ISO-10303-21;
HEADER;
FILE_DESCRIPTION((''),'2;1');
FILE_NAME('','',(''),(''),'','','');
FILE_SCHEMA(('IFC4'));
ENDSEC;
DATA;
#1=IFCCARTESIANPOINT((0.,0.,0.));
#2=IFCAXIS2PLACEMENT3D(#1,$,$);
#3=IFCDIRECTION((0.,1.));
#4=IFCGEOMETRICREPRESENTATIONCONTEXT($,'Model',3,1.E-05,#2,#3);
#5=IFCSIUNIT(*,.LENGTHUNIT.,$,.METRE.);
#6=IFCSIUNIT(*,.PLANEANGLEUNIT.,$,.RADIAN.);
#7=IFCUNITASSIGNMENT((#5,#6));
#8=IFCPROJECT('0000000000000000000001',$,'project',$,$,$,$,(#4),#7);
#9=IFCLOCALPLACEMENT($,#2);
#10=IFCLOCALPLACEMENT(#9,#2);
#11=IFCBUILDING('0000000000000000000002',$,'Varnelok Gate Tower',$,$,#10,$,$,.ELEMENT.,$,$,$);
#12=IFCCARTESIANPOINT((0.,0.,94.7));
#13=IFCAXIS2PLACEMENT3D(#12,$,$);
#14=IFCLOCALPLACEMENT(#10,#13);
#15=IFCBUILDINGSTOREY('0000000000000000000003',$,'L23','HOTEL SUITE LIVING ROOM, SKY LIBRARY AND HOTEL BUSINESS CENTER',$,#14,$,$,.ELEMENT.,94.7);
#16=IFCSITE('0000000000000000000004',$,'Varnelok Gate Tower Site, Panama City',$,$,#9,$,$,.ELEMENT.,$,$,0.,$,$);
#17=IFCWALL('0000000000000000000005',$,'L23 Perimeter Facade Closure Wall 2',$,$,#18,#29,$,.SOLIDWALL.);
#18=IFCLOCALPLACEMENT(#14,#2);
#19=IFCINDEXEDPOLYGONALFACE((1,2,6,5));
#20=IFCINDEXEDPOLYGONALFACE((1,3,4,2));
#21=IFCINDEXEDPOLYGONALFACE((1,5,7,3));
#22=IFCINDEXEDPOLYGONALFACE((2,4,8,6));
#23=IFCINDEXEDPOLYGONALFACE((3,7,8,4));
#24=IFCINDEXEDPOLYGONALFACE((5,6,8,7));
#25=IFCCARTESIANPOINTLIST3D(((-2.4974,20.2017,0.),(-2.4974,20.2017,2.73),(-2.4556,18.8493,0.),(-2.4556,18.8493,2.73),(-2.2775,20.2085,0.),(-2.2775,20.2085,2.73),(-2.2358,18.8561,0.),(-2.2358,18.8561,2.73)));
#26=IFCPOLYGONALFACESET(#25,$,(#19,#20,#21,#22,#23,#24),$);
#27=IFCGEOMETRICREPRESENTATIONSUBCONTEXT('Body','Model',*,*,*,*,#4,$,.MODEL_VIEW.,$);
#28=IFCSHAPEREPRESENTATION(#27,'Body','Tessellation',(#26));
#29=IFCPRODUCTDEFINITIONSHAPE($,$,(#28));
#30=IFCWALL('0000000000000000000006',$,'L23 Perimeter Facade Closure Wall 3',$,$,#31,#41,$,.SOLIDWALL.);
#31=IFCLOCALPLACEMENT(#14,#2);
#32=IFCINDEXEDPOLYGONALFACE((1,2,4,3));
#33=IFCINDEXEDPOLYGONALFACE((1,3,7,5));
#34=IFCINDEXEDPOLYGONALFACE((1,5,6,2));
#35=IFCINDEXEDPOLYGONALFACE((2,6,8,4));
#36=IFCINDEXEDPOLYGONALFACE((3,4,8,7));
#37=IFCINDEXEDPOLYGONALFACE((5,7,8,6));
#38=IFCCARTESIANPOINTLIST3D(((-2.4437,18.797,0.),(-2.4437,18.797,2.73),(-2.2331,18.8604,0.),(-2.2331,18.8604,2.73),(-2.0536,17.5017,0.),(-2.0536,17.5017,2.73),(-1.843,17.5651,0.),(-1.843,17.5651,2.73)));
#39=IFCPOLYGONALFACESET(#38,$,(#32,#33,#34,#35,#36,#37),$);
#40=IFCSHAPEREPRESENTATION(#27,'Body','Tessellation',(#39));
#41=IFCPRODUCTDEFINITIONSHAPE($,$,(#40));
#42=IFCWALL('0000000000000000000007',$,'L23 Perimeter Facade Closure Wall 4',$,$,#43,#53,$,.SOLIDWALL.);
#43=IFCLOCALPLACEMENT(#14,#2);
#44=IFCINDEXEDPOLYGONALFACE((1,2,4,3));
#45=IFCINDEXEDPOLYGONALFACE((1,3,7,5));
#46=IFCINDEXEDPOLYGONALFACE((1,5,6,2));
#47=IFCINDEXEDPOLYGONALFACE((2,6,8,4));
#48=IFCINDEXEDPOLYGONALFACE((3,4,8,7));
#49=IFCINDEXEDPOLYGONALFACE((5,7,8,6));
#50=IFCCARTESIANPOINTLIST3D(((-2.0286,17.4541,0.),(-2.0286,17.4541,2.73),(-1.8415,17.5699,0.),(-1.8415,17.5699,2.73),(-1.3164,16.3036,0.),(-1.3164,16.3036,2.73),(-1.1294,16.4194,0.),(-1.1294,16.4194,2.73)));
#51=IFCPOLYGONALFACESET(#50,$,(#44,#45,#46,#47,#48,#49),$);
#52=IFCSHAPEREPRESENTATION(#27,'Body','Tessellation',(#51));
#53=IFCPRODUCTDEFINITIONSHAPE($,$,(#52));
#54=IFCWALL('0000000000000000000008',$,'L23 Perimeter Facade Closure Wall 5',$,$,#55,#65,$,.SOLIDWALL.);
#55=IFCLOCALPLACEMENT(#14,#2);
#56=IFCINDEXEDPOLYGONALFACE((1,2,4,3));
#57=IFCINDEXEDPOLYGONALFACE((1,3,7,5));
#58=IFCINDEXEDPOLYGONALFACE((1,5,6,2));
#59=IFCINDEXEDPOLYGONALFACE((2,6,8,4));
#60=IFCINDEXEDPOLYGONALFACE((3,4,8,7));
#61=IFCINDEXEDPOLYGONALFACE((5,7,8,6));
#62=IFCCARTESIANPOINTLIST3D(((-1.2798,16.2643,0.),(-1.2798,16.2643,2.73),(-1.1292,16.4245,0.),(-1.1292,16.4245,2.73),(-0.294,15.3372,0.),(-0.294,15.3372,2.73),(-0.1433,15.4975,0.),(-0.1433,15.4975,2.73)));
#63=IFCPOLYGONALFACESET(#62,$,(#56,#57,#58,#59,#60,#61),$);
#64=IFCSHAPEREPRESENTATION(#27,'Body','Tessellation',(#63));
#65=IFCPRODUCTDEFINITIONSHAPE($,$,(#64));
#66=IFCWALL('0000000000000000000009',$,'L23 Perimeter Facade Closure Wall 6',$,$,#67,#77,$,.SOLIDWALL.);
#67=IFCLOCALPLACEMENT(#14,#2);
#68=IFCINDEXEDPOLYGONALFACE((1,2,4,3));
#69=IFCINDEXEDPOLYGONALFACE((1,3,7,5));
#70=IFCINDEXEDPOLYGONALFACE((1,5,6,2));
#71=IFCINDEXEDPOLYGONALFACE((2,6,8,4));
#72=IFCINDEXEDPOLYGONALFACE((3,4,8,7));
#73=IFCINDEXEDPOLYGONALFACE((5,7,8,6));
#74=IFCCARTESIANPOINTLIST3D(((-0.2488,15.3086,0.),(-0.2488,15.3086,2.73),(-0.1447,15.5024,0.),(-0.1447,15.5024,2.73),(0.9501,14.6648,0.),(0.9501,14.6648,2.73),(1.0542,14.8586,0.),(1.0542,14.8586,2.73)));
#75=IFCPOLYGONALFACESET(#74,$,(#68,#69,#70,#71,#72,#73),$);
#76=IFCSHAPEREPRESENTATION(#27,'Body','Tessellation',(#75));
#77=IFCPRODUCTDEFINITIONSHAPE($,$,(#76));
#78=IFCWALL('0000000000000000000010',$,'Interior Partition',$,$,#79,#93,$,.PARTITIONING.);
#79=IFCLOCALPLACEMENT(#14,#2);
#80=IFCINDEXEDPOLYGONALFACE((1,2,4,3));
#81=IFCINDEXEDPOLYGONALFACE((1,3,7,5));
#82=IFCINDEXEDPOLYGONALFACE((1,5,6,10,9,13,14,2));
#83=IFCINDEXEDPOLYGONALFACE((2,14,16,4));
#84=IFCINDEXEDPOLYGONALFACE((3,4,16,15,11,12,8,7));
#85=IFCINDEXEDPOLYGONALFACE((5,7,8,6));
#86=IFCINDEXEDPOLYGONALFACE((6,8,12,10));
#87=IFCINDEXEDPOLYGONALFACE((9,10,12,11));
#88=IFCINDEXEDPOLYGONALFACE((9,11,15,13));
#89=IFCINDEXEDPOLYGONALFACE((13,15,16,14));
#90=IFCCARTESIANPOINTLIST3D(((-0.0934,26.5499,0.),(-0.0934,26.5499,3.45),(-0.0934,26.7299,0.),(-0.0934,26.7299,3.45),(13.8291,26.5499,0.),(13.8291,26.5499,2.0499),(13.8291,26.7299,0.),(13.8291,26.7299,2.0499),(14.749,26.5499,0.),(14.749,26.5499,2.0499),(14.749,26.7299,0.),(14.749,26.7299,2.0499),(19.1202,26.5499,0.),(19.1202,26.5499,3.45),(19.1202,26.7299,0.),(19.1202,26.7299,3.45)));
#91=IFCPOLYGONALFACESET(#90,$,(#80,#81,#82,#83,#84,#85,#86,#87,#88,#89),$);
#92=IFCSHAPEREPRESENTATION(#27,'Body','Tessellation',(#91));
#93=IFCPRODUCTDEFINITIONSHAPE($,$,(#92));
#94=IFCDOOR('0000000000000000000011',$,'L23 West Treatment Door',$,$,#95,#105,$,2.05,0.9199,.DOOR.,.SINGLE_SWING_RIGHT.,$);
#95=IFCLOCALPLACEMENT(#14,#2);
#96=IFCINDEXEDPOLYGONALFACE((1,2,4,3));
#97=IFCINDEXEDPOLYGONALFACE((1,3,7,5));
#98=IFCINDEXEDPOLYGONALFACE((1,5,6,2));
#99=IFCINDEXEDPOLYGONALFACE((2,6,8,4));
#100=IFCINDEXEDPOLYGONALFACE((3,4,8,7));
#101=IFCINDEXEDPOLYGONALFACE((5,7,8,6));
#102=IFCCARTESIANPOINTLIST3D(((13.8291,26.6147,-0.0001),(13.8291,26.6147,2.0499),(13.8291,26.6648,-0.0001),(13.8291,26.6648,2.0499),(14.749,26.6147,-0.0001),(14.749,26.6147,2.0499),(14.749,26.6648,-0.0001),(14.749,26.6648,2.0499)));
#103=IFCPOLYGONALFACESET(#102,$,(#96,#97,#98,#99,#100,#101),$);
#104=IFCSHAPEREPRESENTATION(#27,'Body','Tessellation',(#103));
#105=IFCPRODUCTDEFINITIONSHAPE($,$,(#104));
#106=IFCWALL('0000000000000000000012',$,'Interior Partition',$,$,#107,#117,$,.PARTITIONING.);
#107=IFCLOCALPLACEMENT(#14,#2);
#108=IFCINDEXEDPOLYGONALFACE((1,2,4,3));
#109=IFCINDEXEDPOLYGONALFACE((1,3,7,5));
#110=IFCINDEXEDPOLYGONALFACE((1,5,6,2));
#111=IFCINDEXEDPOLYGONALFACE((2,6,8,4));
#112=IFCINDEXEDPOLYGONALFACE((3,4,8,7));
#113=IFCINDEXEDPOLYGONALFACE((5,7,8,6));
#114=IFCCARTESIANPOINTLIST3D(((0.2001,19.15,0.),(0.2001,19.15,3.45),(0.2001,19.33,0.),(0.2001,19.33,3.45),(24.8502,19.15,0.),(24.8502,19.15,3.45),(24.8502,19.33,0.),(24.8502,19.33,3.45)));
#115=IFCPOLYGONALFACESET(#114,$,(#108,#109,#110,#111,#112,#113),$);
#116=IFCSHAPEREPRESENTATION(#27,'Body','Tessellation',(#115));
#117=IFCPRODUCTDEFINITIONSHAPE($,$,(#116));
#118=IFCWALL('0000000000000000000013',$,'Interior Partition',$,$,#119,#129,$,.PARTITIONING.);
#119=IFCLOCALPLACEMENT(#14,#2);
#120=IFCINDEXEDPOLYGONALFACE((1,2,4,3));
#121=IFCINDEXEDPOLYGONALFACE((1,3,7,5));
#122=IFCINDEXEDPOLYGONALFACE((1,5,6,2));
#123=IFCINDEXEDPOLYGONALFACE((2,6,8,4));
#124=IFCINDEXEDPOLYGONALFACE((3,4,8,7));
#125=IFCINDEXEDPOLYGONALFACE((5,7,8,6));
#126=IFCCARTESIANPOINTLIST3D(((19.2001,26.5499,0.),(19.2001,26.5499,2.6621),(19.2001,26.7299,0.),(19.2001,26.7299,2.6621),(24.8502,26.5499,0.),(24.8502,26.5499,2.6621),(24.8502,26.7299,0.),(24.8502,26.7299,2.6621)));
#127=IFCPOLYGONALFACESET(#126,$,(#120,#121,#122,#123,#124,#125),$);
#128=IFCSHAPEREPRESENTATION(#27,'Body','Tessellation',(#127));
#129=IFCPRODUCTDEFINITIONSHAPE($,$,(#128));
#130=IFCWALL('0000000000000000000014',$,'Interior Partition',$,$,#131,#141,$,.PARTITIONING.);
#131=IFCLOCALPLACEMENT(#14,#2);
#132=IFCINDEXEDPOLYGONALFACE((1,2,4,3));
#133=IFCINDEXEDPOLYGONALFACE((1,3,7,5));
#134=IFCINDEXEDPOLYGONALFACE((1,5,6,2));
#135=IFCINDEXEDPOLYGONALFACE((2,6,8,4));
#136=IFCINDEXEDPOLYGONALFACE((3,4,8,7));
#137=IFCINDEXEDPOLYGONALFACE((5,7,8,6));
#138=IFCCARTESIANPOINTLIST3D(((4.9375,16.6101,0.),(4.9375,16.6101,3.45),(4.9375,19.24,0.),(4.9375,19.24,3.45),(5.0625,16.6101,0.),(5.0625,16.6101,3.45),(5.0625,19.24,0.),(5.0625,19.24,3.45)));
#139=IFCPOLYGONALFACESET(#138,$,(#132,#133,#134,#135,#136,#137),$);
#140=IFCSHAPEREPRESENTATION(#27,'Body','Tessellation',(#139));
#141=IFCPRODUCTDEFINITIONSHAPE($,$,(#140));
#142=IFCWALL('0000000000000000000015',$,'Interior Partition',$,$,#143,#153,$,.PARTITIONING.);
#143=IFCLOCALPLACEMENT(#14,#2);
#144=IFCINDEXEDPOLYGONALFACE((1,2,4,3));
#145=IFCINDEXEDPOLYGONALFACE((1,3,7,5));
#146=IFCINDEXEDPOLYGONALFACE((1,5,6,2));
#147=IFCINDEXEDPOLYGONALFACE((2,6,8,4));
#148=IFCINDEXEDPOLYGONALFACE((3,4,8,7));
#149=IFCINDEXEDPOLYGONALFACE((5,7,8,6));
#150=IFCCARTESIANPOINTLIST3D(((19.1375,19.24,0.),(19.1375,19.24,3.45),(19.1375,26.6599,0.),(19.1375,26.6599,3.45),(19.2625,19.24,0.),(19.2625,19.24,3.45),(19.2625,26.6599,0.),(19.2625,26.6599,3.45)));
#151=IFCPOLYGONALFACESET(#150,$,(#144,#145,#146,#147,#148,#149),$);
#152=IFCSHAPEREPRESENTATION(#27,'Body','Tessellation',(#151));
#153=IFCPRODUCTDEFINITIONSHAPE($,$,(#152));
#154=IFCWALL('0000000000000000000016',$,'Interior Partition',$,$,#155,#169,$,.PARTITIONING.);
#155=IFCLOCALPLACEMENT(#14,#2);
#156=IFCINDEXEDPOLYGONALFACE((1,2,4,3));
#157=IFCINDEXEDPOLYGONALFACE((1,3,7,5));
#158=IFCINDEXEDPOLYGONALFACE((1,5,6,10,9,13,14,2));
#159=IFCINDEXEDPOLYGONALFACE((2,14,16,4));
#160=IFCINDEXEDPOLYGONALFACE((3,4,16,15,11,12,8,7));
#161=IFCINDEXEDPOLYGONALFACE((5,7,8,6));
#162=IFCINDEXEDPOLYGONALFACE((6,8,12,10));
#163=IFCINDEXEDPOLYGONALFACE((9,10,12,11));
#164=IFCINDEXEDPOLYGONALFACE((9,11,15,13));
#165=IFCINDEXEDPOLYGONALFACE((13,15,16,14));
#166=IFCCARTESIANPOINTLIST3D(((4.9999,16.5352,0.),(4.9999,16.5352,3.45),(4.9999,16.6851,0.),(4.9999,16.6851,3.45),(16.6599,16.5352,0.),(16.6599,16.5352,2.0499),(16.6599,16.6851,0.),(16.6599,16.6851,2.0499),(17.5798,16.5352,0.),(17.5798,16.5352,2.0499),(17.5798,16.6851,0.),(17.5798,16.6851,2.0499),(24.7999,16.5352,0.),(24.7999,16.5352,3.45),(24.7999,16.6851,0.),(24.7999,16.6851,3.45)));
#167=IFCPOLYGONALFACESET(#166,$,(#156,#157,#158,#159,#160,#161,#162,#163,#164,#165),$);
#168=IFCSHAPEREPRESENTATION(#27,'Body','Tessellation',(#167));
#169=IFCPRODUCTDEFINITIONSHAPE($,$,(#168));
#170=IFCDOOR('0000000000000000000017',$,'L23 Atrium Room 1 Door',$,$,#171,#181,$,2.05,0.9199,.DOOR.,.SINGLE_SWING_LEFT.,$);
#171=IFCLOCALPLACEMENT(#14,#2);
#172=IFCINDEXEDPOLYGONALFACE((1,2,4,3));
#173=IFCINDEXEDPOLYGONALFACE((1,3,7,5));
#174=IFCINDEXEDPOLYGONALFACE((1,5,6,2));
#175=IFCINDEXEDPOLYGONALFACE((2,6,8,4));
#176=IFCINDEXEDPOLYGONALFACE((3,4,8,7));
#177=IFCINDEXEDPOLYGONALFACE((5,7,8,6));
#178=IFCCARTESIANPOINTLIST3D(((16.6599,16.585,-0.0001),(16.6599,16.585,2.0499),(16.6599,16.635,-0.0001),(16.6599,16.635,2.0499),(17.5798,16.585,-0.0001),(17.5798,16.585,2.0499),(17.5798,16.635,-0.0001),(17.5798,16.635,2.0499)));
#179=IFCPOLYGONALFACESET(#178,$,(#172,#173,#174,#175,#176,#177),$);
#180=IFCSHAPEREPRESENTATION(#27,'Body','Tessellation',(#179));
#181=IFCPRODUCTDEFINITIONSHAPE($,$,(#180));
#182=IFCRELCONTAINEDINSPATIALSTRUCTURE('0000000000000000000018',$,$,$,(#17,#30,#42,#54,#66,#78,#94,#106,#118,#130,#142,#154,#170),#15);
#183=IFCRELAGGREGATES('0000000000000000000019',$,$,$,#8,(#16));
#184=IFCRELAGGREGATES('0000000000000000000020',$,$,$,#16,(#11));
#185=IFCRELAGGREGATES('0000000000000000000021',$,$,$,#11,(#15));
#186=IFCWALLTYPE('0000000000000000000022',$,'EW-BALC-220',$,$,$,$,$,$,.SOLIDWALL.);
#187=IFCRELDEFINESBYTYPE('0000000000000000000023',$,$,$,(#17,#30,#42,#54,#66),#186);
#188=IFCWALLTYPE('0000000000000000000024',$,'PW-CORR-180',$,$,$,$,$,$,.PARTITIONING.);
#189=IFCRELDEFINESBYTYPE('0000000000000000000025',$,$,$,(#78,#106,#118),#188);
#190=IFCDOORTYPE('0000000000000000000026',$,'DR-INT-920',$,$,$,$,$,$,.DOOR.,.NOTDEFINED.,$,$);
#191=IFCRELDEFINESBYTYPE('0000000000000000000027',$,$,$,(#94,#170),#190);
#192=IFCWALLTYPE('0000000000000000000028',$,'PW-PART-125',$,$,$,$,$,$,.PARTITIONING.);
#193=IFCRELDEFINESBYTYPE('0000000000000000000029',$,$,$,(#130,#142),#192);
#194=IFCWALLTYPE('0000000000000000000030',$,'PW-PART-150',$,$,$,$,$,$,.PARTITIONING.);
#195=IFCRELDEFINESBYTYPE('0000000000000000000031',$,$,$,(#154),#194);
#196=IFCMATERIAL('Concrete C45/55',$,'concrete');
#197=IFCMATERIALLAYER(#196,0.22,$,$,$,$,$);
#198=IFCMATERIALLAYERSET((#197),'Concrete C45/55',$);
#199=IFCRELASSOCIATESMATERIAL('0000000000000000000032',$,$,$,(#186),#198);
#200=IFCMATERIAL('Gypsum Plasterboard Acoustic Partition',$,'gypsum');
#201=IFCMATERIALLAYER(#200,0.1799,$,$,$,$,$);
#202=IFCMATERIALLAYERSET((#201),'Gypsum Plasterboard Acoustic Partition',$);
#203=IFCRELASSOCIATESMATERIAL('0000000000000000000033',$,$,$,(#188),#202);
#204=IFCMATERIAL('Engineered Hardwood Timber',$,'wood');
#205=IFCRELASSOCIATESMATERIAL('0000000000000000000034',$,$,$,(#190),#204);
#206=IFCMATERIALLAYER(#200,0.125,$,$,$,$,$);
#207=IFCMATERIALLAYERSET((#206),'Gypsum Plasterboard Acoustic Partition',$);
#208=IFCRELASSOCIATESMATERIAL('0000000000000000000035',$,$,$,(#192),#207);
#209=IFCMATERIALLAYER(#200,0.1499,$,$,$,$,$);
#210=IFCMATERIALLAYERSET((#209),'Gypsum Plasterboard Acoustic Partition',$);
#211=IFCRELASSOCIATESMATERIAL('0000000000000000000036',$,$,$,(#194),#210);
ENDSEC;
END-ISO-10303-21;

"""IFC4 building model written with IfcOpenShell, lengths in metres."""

from ifc_helpers import new_model, si_unit, direction, frame, frame_2d, origin, place, context, subcontext, project, spatial, rectangle, extrude, material, layer, layer_set, type_object, element, fill, save


model = new_model("IFC4")

# Units and contexts
model_context = context("Model", 3, precision=1e-05, world=origin(), true_north=direction((0.0, 1.0)))
body_context = subcontext(model_context, "Body", "Model", "MODEL_VIEW")
ifc_project = project(units=[si_unit("LENGTHUNIT", "METRE"), si_unit("PLANEANGLEUNIT", "RADIAN")], contexts=[model_context])

# Site, building, storey
site_placement = place(None, origin())
site = spatial("IfcSite", under=ifc_project, at=site_placement, Name="Varnelok Gate Tower Site, Panama City", CompositionType="ELEMENT", RefElevation=0.0)
building_placement = place(site_placement, origin())
building = spatial("IfcBuilding", under=site, at=building_placement, Name="Varnelok Gate Tower", CompositionType="ELEMENT")
storey_placement = place(building_placement, frame((0.0, 0.0, 94.7)))
storey = spatial("IfcBuildingStorey", under=building, at=storey_placement, Name="L23", Description="HOTEL SUITE LIVING ROOM, SKY LIBRARY AND HOTEL BUSINESS CENTER", CompositionType="ELEMENT", Elevation=94.7)

# Walls
ifc_material_1 = material(Name="Concrete C45/55", Category="concrete")
ifc_layer_1 = layer(ifc_material_1, 0.22)
ifc_layer_set_1 = layer_set([ifc_layer_1], Name="Concrete C45/55")
wall_type_1 = type_object("IfcWallType", Name="EW-BALC-220", PredefinedType="SOLIDWALL", material=ifc_layer_set_1)
wall_1_placement = place(storey_placement, frame((-2.3875, 20.2051, 0.0), z_axis=(0.0, 0.0, 1.0), x_axis=(0.030857, -0.999524, 0.0)))
element("IfcWall", 1, at=wall_1_placement, inside=storey, type_object=wall_type_1, Name="L23 Perimeter Facade Closure Wall 2", PredefinedType="SOLIDWALL", context=body_context, shape_type="SweptSolid", body=[
    extrude(rectangle(XDim=1.353, YDim=0.22, at=frame_2d((0.6765, 0.0))), origin(), (0.0, 0.0, 1.0), 2.73),
])
wall_2_placement = place(storey_placement, frame((-2.3384, 18.8286, 0.0), z_axis=(0.0, 0.0, 1.0), x_axis=(0.288374, -0.957518, 0.0)))
element("IfcWall", 2, at=wall_2_placement, inside=storey, type_object=wall_type_1, Name="L23 Perimeter Facade Closure Wall 3", PredefinedType="SOLIDWALL", context=body_context, shape_type="SweptSolid", body=[
    extrude(rectangle(XDim=1.3528, YDim=0.22, at=frame_2d((0.6763, 0.0))), origin(), (0.0, 0.0, 1.0), 2.73),
])
wall_3_placement = place(storey_placement, frame((-1.9351, 17.512, 0.0), z_axis=(0.0, 0.0, 1.0), x_axis=(0.526361, -0.850261, 0.0)))
element("IfcWall", 3, at=wall_3_placement, inside=storey, type_object=wall_type_1, Name="L23 Perimeter Facade Closure Wall 4", PredefinedType="SOLIDWALL", context=body_context, shape_type="SweptSolid", body=[
    extrude(rectangle(XDim=1.353, YDim=0.22, at=frame_2d((0.6765, 0.0))), origin(), (0.0, 0.0, 1.0), 2.73),
])
wall_4_placement = place(storey_placement, frame((-1.2046, 16.3445, 0.0), z_axis=(0.0, 0.0, 1.0), x_axis=(0.728512, -0.685033, 0.0)))
element("IfcWall", 4, at=wall_4_placement, inside=storey, type_object=wall_type_1, Name="L23 Perimeter Facade Closure Wall 5", PredefinedType="SOLIDWALL", context=body_context, shape_type="SweptSolid", body=[
    extrude(rectangle(XDim=1.3533, YDim=0.22, at=frame_2d((0.6768, 0.0))), origin(), (0.0, 0.0, 1.0), 2.73),
])
wall_5_placement = place(storey_placement, frame((-0.1968, 15.4055, 0.0), z_axis=(0.0, 0.0, 1.0), x_axis=(0.881024, -0.473072, 0.0)))
element("IfcWall", 5, at=wall_5_placement, inside=storey, type_object=wall_type_1, Name="L23 Perimeter Facade Closure Wall 6", PredefinedType="SOLIDWALL", context=body_context, shape_type="SweptSolid", body=[
    extrude(rectangle(XDim=1.3608, YDim=0.22, at=frame_2d((0.6804, 0.0))), origin(), (0.0, 0.0, 1.0), 2.73),
])

# Wall, opening, door
ifc_material_2 = material(Name="Gypsum Plasterboard Acoustic Partition", Category="gypsum")
ifc_layer_2 = layer(ifc_material_2, 0.1799)
ifc_layer_set_2 = layer_set([ifc_layer_2], Name="Gypsum Plasterboard Acoustic Partition")
wall_type_2 = type_object("IfcWallType", Name="PW-CORR-180", PredefinedType="PARTITIONING", material=ifc_layer_set_2)
wall_6_placement = place(storey_placement, frame((-0.0935, 26.6399, 0.0), z_axis=(0.0, 0.0, 1.0), x_axis=(1.0, 0.0, 0.0)))
wall_6 = element("IfcWall", 6, at=wall_6_placement, inside=storey, type_object=wall_type_2, Name="Interior Partition", PredefinedType="PARTITIONING", context=body_context, shape_type="SweptSolid", body=[
    extrude(rectangle(XDim=19.2136, YDim=0.1799, at=frame_2d((9.6069, 0.0))), origin(), (0.0, 0.0, 1.0), 3.45),
])
opening_1_placement = place(wall_6_placement, frame((13.9226, 0.0, 0.0)))
opening_1 = element("IfcOpeningElement", 7, at=opening_1_placement, cuts=wall_6, PredefinedType="OPENING", context=body_context, shape_type="SweptSolid", body=[
    extrude(rectangle(XDim=0.9199, YDim=2.05, at=frame_2d((0.46, 1.0249))), frame((0.0, 0.0999, 0.0), z_axis=(0.0, -1.0, 0.0), x_axis=(1.0, 0.0, 0.0)), (0.0, 0.0, 1.0), 0.2),
])
ifc_material_3 = material(Name="Engineered Hardwood Timber", Category="wood")
door_type = type_object("IfcDoorType", Name="DR-INT-920", OperationType="NOTDEFINED", PredefinedType="DOOR", material=ifc_material_3)
door_1_placement = place(opening_1_placement, origin())
door_1 = element("IfcDoor", 8, at=door_1_placement, inside=storey, type_object=door_type, Name="L23 West Treatment Door", OperationType="SINGLE_SWING_RIGHT", OverallHeight=2.05, OverallWidth=0.9199, PredefinedType="DOOR", context=body_context, shape_type="SweptSolid", body=[
    extrude(rectangle(XDim=0.9199, YDim=2.05, at=frame_2d((0.46, 1.0249))), frame((0.0, 0.0249, 0.0), z_axis=(0.0, -1.0, 0.0), x_axis=(1.0, 0.0, 0.0)), (0.0, 0.0, 1.0), 0.05),
])
fill(opening_1, door_1)

# Walls
wall_7_placement = place(storey_placement, frame((0.2, 19.24, 0.0), z_axis=(0.0, 0.0, 1.0), x_axis=(1.0, 0.0, 0.0)))
element("IfcWall", 9, at=wall_7_placement, inside=storey, type_object=wall_type_2, Name="Interior Partition", PredefinedType="PARTITIONING", context=body_context, shape_type="SweptSolid", body=[
    extrude(rectangle(XDim=24.6501, YDim=0.1799, at=frame_2d((12.3252, 0.0))), origin(), (0.0, 0.0, 1.0), 3.45),
])
wall_8_placement = place(storey_placement, frame((19.2, 26.6399, 0.0), z_axis=(0.0, 0.0, 1.0), x_axis=(1.0, 0.0, 0.0)))
element("IfcWall", 10, at=wall_8_placement, inside=storey, type_object=wall_type_2, Name="Interior Partition", PredefinedType="PARTITIONING", context=body_context, shape_type="SweptSolid", body=[
    extrude(rectangle(XDim=5.6501, YDim=0.1799, at=frame_2d((2.8252, 0.0))), origin(), (0.0, 0.0, 1.0), 2.6621),
])
ifc_layer_3 = layer(ifc_material_2, 0.125)
ifc_layer_set_3 = layer_set([ifc_layer_3], Name="Gypsum Plasterboard Acoustic Partition")
wall_type_3 = type_object("IfcWallType", Name="PW-PART-125", PredefinedType="PARTITIONING", material=ifc_layer_set_3)
wall_9_placement = place(storey_placement, frame((5.0, 16.6101, 0.0), z_axis=(0.0, 0.0, 1.0), x_axis=(0.0, 1.0, 0.0)))
element("IfcWall", 11, at=wall_9_placement, inside=storey, type_object=wall_type_3, Name="Interior Partition", PredefinedType="PARTITIONING", context=body_context, shape_type="SweptSolid", body=[
    extrude(rectangle(XDim=2.6299, YDim=0.125, at=frame_2d((1.3149, 0.0))), origin(), (0.0, 0.0, 1.0), 3.45),
])
wall_10_placement = place(storey_placement, frame((19.2, 19.24, 0.0), z_axis=(0.0, 0.0, 1.0), x_axis=(0.0, 1.0, 0.0)))
element("IfcWall", 12, at=wall_10_placement, inside=storey, type_object=wall_type_3, Name="Interior Partition", PredefinedType="PARTITIONING", context=body_context, shape_type="SweptSolid", body=[
    extrude(rectangle(XDim=7.4199, YDim=0.125, at=frame_2d((3.71, 0.0))), origin(), (0.0, 0.0, 1.0), 3.45),
])

# Wall, opening, door
ifc_layer_4 = layer(ifc_material_2, 0.1499)
ifc_layer_set_4 = layer_set([ifc_layer_4], Name="Gypsum Plasterboard Acoustic Partition")
wall_type_4 = type_object("IfcWallType", Name="PW-PART-150", PredefinedType="PARTITIONING", material=ifc_layer_set_4)
wall_11_placement = place(storey_placement, frame((5.0, 16.6101, 0.0), z_axis=(0.0, 0.0, 1.0), x_axis=(1.0, 0.0, 0.0)))
wall_11 = element("IfcWall", 13, at=wall_11_placement, inside=storey, type_object=wall_type_4, Name="Interior Partition", PredefinedType="PARTITIONING", context=body_context, shape_type="SweptSolid", body=[
    extrude(rectangle(XDim=19.8, YDim=0.1499, at=frame_2d((9.8999, 0.0))), origin(), (0.0, 0.0, 1.0), 3.45),
])
opening_2_placement = place(wall_11_placement, frame((11.6599, 0.0, 0.0)))
opening_2 = element("IfcOpeningElement", 14, at=opening_2_placement, cuts=wall_11, PredefinedType="OPENING", context=body_context, shape_type="SweptSolid", body=[
    extrude(rectangle(XDim=0.9199, YDim=2.05, at=frame_2d((0.46, 1.0249))), frame((0.0, 0.085, 0.0), z_axis=(0.0, -1.0, 0.0), x_axis=(1.0, 0.0, 0.0)), (0.0, 0.0, 1.0), 0.1699),
])
door_2_placement = place(opening_2_placement, origin())
door_2 = element("IfcDoor", 15, at=door_2_placement, inside=storey, type_object=door_type, Name="L23 Atrium Room 1 Door", OperationType="SINGLE_SWING_LEFT", OverallHeight=2.05, OverallWidth=0.9199, PredefinedType="DOOR", context=body_context, shape_type="SweptSolid", body=[
    extrude(rectangle(XDim=0.9199, YDim=2.05, at=frame_2d((0.46, 1.0249))), frame((0.0, 0.0249, 0.0), z_axis=(0.0, -1.0, 0.0), x_axis=(1.0, 0.0, 0.0)), (0.0, 0.0, 1.0), 0.05),
])
fill(opening_2, door_2)

save(model, "model.ifc")
